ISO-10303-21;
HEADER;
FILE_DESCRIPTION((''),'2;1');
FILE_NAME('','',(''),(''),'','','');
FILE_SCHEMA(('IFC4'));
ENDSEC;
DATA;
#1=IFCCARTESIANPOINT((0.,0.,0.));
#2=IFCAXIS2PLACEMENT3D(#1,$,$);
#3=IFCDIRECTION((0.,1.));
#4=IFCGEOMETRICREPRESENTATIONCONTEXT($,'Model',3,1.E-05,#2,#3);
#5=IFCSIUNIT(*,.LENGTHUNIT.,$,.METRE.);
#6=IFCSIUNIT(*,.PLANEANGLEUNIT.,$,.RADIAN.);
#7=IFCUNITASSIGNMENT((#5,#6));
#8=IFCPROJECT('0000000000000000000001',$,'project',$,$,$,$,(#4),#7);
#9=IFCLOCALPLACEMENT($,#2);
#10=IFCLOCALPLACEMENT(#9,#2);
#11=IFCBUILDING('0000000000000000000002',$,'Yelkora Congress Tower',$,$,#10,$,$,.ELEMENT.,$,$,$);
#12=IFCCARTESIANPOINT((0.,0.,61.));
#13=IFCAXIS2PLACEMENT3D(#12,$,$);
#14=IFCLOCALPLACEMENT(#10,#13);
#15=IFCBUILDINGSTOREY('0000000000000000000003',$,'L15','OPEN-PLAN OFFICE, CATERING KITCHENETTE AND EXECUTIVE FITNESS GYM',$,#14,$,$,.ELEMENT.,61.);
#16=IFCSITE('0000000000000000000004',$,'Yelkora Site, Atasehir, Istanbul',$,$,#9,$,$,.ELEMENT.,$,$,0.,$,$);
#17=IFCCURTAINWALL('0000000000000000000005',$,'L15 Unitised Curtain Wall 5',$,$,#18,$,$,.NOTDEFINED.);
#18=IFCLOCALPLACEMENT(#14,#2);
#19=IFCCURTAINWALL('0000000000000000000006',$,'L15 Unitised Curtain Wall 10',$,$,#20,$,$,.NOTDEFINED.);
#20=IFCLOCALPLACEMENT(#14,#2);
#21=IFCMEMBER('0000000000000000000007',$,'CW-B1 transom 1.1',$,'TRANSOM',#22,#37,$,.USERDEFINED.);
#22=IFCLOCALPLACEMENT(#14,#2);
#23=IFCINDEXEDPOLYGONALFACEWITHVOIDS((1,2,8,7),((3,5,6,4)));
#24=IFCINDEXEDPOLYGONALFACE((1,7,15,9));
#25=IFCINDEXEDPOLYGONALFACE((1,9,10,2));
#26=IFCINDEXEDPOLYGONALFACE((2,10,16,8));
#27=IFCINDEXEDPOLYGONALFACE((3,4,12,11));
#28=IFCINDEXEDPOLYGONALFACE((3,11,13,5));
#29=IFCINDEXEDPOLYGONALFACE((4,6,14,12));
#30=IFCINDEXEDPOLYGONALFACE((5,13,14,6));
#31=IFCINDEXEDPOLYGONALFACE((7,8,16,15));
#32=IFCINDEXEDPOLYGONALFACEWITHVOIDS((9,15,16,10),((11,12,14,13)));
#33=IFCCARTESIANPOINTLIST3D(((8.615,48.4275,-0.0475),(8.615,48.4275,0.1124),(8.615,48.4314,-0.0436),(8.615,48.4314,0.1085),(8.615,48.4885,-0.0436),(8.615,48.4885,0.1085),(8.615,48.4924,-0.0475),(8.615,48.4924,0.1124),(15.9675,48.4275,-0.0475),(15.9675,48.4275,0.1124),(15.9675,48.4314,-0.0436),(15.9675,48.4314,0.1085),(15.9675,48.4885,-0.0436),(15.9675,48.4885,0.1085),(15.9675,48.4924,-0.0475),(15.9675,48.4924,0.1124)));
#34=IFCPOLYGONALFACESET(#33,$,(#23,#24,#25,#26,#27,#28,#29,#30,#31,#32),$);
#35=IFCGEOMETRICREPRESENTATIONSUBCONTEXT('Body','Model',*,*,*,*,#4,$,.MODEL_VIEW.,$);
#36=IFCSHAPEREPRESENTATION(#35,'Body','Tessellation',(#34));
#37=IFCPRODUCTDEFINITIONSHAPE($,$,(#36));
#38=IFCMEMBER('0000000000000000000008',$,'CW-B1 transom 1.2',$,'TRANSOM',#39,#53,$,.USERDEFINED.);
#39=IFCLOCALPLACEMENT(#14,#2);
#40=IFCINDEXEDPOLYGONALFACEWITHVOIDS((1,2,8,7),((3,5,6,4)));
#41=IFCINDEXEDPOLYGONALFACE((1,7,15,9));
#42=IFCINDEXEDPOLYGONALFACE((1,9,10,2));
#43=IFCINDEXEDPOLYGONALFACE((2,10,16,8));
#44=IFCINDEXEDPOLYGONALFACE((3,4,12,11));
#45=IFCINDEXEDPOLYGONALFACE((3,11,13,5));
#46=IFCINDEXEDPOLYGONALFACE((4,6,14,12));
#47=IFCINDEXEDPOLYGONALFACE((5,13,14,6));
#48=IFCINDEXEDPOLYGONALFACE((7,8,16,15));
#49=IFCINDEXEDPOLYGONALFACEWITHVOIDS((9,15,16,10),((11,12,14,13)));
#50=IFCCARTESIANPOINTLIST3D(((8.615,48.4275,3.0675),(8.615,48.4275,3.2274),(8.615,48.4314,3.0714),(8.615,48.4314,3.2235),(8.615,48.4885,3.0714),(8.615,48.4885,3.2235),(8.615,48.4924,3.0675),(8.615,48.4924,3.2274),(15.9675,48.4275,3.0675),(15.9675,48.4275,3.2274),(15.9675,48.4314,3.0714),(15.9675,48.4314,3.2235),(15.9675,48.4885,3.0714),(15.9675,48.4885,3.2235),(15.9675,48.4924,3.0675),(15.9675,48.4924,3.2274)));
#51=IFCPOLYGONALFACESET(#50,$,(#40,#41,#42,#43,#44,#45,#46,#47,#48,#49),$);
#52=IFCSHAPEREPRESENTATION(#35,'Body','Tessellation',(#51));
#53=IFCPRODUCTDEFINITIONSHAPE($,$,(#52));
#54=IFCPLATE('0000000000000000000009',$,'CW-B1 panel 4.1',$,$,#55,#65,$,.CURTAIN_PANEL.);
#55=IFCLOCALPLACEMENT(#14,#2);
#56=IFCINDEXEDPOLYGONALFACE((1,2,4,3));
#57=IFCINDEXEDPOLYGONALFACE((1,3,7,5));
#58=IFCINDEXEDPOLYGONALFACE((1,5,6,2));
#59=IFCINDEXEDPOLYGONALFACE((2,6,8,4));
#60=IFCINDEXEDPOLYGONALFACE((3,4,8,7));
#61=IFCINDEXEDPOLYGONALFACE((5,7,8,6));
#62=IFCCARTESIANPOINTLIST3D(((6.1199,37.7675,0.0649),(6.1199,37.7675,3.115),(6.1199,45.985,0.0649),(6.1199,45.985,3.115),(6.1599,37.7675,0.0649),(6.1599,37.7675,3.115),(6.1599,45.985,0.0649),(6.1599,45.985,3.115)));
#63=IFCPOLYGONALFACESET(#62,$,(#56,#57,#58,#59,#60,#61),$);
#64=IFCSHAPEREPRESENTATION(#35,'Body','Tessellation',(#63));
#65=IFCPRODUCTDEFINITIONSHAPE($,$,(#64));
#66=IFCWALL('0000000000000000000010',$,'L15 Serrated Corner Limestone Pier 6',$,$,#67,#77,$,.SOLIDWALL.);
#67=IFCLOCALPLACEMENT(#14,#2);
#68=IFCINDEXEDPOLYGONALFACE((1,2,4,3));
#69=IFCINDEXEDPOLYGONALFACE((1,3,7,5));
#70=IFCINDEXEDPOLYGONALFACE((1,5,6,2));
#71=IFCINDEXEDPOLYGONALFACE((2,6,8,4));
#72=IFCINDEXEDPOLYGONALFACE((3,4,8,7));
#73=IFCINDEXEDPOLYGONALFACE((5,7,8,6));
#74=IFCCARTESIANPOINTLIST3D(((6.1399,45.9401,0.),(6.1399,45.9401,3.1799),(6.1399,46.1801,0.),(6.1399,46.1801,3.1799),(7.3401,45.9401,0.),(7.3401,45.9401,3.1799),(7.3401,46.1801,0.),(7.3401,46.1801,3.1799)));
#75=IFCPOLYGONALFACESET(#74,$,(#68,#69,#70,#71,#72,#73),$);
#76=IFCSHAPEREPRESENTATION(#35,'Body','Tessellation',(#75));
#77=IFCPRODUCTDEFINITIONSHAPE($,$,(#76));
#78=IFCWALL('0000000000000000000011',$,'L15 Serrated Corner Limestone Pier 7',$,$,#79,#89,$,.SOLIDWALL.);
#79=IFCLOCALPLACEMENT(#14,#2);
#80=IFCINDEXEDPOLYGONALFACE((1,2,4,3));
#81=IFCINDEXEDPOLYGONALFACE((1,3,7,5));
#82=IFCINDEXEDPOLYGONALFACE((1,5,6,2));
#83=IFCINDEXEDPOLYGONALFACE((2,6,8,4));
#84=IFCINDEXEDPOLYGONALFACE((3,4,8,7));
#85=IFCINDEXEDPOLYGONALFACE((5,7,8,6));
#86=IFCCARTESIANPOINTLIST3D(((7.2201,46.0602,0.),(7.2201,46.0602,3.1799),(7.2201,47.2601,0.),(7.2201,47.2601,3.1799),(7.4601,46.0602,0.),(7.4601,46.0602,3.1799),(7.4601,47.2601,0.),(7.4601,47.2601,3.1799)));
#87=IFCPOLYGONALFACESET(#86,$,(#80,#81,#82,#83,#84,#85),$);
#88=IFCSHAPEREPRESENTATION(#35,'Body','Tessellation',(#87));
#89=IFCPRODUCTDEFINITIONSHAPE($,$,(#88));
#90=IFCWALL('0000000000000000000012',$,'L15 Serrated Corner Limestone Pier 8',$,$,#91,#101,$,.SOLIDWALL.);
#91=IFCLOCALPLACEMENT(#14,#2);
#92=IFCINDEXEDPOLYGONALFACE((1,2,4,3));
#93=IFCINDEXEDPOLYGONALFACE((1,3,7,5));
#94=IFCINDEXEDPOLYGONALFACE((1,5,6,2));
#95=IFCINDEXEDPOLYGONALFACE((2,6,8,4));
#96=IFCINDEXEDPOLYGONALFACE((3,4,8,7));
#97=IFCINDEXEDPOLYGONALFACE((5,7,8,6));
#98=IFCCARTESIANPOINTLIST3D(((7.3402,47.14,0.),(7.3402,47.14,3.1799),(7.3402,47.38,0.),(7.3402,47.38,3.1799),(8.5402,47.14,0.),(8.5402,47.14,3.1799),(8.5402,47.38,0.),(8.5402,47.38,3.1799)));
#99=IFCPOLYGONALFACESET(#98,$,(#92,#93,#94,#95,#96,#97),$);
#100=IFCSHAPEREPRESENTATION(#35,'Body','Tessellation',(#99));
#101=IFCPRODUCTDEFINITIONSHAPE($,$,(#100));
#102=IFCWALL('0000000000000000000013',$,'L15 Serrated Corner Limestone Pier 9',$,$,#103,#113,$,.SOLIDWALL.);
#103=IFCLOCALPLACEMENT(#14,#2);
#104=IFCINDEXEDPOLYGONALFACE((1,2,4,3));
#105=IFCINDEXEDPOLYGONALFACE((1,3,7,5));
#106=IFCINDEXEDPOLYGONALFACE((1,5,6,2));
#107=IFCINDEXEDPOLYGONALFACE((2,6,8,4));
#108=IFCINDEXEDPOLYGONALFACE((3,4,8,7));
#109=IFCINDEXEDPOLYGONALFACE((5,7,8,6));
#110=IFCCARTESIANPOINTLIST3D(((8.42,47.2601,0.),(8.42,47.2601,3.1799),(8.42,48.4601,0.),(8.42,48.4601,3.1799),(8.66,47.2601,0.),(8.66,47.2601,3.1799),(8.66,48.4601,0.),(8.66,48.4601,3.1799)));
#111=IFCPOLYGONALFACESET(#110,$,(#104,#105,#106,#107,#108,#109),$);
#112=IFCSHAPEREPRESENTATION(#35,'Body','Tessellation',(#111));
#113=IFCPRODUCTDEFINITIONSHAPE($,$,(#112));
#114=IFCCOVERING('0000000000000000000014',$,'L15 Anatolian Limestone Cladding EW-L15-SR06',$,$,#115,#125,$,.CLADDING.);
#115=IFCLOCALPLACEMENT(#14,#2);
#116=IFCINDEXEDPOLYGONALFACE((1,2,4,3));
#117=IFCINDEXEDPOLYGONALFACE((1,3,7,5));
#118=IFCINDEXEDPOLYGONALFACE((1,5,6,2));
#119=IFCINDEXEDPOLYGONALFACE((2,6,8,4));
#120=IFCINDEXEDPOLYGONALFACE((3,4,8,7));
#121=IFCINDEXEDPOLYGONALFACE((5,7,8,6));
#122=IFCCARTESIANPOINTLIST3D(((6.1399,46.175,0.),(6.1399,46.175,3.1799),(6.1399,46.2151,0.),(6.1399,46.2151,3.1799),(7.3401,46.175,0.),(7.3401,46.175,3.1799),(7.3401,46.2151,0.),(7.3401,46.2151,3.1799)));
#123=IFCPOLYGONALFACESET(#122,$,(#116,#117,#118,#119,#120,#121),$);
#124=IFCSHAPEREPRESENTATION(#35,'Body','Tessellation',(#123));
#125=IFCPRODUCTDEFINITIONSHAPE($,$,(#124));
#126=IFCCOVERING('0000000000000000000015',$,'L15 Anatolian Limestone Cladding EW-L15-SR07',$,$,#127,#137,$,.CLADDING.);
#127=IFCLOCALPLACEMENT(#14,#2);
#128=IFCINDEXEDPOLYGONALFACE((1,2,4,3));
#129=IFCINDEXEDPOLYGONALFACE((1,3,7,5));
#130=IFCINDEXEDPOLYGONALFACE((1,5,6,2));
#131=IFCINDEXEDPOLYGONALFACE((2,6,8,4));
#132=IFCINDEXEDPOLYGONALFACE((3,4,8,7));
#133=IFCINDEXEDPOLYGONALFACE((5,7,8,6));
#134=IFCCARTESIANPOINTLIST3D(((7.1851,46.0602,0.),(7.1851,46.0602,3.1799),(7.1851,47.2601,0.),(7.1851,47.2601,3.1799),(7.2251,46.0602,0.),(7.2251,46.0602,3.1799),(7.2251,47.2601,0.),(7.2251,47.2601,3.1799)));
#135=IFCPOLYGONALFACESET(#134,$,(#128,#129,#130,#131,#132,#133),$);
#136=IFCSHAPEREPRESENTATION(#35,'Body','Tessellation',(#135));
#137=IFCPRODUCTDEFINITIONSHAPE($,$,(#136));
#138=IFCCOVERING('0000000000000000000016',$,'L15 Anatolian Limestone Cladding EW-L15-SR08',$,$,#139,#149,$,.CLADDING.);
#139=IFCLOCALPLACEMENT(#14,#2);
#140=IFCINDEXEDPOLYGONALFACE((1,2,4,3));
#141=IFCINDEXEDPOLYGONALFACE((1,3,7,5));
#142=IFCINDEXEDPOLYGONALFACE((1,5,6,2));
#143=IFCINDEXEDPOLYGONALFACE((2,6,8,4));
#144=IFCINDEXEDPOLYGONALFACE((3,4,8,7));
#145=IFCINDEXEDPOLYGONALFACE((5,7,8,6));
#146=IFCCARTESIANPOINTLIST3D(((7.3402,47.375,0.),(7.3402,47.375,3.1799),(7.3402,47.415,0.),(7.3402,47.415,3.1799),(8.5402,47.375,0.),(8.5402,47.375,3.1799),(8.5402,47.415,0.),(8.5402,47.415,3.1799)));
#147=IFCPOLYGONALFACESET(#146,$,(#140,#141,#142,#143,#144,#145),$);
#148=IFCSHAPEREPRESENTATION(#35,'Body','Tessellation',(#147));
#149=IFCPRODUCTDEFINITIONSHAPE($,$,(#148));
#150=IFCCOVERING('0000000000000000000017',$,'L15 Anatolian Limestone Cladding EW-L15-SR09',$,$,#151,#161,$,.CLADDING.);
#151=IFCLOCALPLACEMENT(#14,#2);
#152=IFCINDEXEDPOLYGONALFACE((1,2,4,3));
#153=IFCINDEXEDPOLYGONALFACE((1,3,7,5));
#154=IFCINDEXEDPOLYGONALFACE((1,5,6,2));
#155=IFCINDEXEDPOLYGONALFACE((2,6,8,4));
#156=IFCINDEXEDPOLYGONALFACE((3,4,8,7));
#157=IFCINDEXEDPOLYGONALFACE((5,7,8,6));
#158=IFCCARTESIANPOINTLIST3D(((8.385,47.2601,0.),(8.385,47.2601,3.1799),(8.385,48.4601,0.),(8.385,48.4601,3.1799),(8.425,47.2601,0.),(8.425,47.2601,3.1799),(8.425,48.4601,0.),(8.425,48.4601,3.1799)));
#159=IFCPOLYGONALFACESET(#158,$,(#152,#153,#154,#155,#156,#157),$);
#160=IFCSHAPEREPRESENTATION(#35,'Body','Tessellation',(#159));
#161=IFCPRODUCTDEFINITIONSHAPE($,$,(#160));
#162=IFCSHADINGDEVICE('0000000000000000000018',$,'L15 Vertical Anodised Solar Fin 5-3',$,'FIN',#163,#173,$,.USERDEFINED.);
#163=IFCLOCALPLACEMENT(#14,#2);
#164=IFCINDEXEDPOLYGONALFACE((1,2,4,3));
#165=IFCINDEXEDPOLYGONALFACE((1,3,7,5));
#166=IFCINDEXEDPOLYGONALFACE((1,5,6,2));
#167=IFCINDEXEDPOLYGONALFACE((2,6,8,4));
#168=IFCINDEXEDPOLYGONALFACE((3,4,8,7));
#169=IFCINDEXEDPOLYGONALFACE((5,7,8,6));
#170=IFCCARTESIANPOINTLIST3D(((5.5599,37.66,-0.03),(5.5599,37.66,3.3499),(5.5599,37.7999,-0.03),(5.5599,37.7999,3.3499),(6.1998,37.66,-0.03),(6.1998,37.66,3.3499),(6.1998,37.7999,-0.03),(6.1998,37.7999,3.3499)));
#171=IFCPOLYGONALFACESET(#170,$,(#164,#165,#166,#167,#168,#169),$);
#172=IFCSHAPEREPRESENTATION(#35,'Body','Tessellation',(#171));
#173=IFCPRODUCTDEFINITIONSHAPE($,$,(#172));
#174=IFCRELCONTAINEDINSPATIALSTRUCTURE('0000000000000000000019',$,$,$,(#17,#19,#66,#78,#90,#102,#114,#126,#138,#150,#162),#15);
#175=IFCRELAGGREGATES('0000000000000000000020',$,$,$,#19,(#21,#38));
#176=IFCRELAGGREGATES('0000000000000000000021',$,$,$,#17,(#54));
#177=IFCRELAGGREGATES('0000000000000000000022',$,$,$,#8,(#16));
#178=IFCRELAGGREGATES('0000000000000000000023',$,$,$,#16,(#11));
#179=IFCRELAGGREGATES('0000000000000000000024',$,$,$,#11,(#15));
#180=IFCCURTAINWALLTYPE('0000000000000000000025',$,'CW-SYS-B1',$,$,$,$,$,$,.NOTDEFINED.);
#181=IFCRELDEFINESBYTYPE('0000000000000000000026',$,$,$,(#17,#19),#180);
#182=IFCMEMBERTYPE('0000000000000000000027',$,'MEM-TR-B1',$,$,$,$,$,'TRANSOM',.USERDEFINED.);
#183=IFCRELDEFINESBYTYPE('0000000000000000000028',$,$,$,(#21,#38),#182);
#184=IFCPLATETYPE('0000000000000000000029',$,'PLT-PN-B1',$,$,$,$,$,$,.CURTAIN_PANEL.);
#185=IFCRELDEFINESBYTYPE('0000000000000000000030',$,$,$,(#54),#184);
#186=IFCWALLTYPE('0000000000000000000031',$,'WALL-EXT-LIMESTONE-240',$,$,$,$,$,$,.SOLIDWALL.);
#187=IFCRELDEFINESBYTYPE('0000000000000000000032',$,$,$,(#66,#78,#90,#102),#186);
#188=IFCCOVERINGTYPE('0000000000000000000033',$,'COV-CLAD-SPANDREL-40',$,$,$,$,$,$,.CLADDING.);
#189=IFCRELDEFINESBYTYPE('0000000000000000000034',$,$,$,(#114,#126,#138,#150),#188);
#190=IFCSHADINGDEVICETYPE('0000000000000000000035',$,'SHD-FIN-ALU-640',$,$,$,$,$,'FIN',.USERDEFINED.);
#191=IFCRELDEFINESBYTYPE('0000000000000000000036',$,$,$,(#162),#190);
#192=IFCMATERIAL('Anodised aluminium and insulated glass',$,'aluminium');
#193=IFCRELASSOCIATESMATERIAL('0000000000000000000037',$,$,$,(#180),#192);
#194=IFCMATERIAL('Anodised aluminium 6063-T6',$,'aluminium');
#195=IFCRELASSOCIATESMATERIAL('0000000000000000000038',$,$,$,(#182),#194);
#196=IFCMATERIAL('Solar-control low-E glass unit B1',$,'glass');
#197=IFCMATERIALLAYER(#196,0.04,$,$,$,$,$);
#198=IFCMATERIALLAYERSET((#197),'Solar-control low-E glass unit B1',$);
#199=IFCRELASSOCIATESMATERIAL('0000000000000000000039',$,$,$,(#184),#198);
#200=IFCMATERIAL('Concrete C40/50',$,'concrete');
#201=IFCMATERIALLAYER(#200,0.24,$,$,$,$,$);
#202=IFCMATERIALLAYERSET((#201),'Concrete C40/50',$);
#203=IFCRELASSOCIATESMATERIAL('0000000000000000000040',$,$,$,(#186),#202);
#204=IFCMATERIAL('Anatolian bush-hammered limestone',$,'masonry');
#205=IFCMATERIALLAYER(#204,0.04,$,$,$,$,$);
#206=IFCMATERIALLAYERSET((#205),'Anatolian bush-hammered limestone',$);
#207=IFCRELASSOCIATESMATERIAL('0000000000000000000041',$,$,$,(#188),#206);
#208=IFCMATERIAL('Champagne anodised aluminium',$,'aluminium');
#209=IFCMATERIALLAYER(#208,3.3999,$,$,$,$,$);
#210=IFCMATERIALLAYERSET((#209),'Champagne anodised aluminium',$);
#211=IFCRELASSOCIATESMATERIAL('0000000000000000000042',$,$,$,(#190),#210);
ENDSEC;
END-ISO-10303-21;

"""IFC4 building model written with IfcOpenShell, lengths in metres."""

from ifc_helpers import new_model, si_unit, direction, frame, frame_2d, origin, origin_2d, place, context, subcontext, project, spatial, rectangle, hollow_rectangle, extrude, material, layer, layer_set, material_profile, profile_set, type_object, element, aggregate, save


model = new_model("IFC4")

# Units and contexts
model_context = context("Model", 3, precision=1e-05, world=origin(), true_north=direction((0.0, 1.0)))
body_context = subcontext(model_context, "Body", "Model", "MODEL_VIEW")
ifc_project = project(units=[si_unit("LENGTHUNIT", "METRE"), si_unit("PLANEANGLEUNIT", "RADIAN")], contexts=[model_context])

# Site, building, storey
site_placement = place(None, origin())
site = spatial("IfcSite", under=ifc_project, at=site_placement, Name="Yelkora Site, Atasehir, Istanbul", CompositionType="ELEMENT", RefElevation=0.0)
building_placement = place(site_placement, origin())
building = spatial("IfcBuilding", under=site, at=building_placement, Name="Yelkora Congress Tower", CompositionType="ELEMENT")
storey_placement = place(building_placement, frame((0.0, 0.0, 61.0)))
storey = spatial("IfcBuildingStorey", under=building, at=storey_placement, Name="L15", Description="OPEN-PLAN OFFICE, CATERING KITCHENETTE AND EXECUTIVE FITNESS GYM", CompositionType="ELEMENT", Elevation=61.0)

# Curtain wall
ifc_material_1 = material(Name="Anodised aluminium and insulated glass", Category="aluminium")
curtain_wall_type = type_object("IfcCurtainWallType", Name="CW-SYS-B1", PredefinedType="NOTDEFINED", material=ifc_material_1)
curtain_wall_1_placement = place(storey_placement, origin())
curtain_wall_1 = element("IfcCurtainWall", 1, at=curtain_wall_1_placement, inside=storey, type_object=curtain_wall_type, Name="L15 Unitised Curtain Wall 5", PredefinedType="NOTDEFINED")
ifc_material_2 = material(Name="Anodised aluminium 6063-T6", Category="aluminium")

# Curtain wall
curtain_wall_2_placement = place(storey_placement, origin())
curtain_wall_2 = element("IfcCurtainWall", 2, at=curtain_wall_2_placement, inside=storey, type_object=curtain_wall_type, Name="L15 Unitised Curtain Wall 10", PredefinedType="NOTDEFINED")

# Members
ifc_material_profile_1 = material_profile(ifc_material_2, hollow_rectangle(XDim=0.0649, YDim=0.1599, WallThickness=0.0039, at=origin_2d()), Name="ALU 65x160x4")
ifc_profile_set_1 = profile_set([ifc_material_profile_1], Name="Anodised aluminium 6063-T6")
member_type_1 = type_object("IfcMemberType", Name="MEM-TR-B1", ElementType="TRANSOM", PredefinedType="USERDEFINED", material=ifc_profile_set_1)
member_1_placement = place(storey_placement, frame((8.615, 48.46, 0.0325), z_axis=(1.0, 0.0, 0.0), x_axis=(0.0, 1.0, 0.0)))
member_1 = element("IfcMember", 3, at=member_1_placement, type_object=member_type_1, Name="CW-B1 transom 1.1", ObjectType="TRANSOM", PredefinedType="USERDEFINED", context=body_context, shape_type="SweptSolid", body=[
    extrude(hollow_rectangle(XDim=0.0649, YDim=0.1599, WallThickness=0.0039, at=origin_2d()), origin(), (0.0, 0.0, 1.0), 7.3525),
])
member_2_placement = place(storey_placement, frame((8.615, 48.46, 3.1475), z_axis=(1.0, 0.0, 0.0), x_axis=(0.0, 1.0, 0.0)))
member_2 = element("IfcMember", 4, at=member_2_placement, type_object=member_type_1, Name="CW-B1 transom 1.2", ObjectType="TRANSOM", PredefinedType="USERDEFINED", context=body_context, shape_type="SweptSolid", body=[
    extrude(hollow_rectangle(XDim=0.0649, YDim=0.1599, WallThickness=0.0039, at=origin_2d()), origin(), (0.0, 0.0, 1.0), 7.3525),
])
aggregate(curtain_wall_2, [member_1, member_2])

# Plate
ifc_material_3 = material(Name="Solar-control low-E glass unit B1", Category="glass")
ifc_layer_1 = layer(ifc_material_3, 0.04)
ifc_layer_set_1 = layer_set([ifc_layer_1], Name="Solar-control low-E glass unit B1")
plate_type = type_object("IfcPlateType", Name="PLT-PN-B1", PredefinedType="CURTAIN_PANEL", material=ifc_layer_set_1)
plate_placement = place(storey_placement, frame((6.1399, 41.8762, 0.0649), z_axis=(0.0, 0.0, 1.0), x_axis=(0.0, 1.0, 0.0)))
plate = element("IfcPlate", 5, at=plate_placement, type_object=plate_type, Name="CW-B1 panel 4.1", PredefinedType="CURTAIN_PANEL", context=body_context, shape_type="SweptSolid", body=[
    extrude(rectangle(XDim=8.2175, YDim=0.04, at=origin_2d()), origin(), (0.0, 0.0, 1.0), 3.05),
])
aggregate(curtain_wall_1, [plate])

# Walls
ifc_material_4 = material(Name="Concrete C40/50", Category="concrete")
ifc_layer_2 = layer(ifc_material_4, 0.24)
ifc_layer_set_2 = layer_set([ifc_layer_2], Name="Concrete C40/50")
wall_type = type_object("IfcWallType", Name="WALL-EXT-LIMESTONE-240", PredefinedType="SOLIDWALL", material=ifc_layer_set_2)
wall_placement = place(storey_placement, frame((6.1399, 46.0601, 0.0), z_axis=(0.0, 0.0, 1.0), x_axis=(1.0, 0.0, 0.0)))
element("IfcWall", 6, at=wall_placement, inside=storey, type_object=wall_type, Name="L15 Serrated Corner Limestone Pier 6", PredefinedType="SOLIDWALL", context=body_context, shape_type="SweptSolid", body=[
    extrude(rectangle(XDim=1.2002, YDim=0.24, at=frame_2d((0.6001, 0.0))), origin(), (0.0, 0.0, 1.0), 3.1799),
])
for number, where, z_axis, x_axis, name in (
    (7, (7.3401, 46.0601, 0.0), (0.0, 0.0, 1.0), (0.0, 1.0, 0.0), "L15 Serrated Corner Limestone Pier 7"),
    (8, (7.3401, 47.26, 0.0), (0.0, 0.0, 1.0), (1.0, 0.0, 0.0), "L15 Serrated Corner Limestone Pier 8"),
    (9, (8.54, 47.26, 0.0), (0.0, 0.0, 1.0), (0.0, 1.0, 0.0), "L15 Serrated Corner Limestone Pier 9"),
):
    element("IfcWall", number, at=place(storey_placement, frame(where, z_axis=z_axis, x_axis=x_axis)), inside=storey, type_object=wall_type, Name=name, PredefinedType="SOLIDWALL", context=body_context, shape_type="SweptSolid", body=[
        extrude(rectangle(XDim=1.2, YDim=0.24, at=frame_2d((0.6001, 0.0))), origin(), (0.0, 0.0, 1.0), 3.1799),
    ])

# Coverings
ifc_material_5 = material(Name="Anatolian bush-hammered limestone", Category="masonry")
ifc_layer_3 = layer(ifc_material_5, 0.04)
ifc_layer_set_3 = layer_set([ifc_layer_3], Name="Anatolian bush-hammered limestone")
covering_type = type_object("IfcCoveringType", Name="COV-CLAD-SPANDREL-40", PredefinedType="CLADDING", material=ifc_layer_set_3)
covering_placement = place(storey_placement, frame((6.1399, 46.1951, 0.0), z_axis=(0.0, 0.0, 1.0), x_axis=(1.0, 0.0, 0.0)))
element("IfcCovering", 10, at=covering_placement, inside=storey, type_object=covering_type, Name="L15 Anatolian Limestone Cladding EW-L15-SR06", PredefinedType="CLADDING", context=body_context, shape_type="SweptSolid", body=[
    extrude(rectangle(XDim=1.2002, YDim=0.04, at=frame_2d((0.6001, 0.0))), origin(), (0.0, 0.0, 1.0), 3.1799),
])
for number, where, z_axis, x_axis, name in (
    (11, (7.2051, 46.0601, 0.0), (0.0, 0.0, 1.0), (0.0, 1.0, 0.0), "L15 Anatolian Limestone Cladding EW-L15-SR07"),
    (12, (7.3401, 47.395, 0.0), (0.0, 0.0, 1.0), (1.0, 0.0, 0.0), "L15 Anatolian Limestone Cladding EW-L15-SR08"),
    (13, (8.405, 47.26, 0.0), (0.0, 0.0, 1.0), (0.0, 1.0, 0.0), "L15 Anatolian Limestone Cladding EW-L15-SR09"),
):
    element("IfcCovering", number, at=place(storey_placement, frame(where, z_axis=z_axis, x_axis=x_axis)), inside=storey, type_object=covering_type, Name=name, PredefinedType="CLADDING", context=body_context, shape_type="SweptSolid", body=[
        extrude(rectangle(XDim=1.2, YDim=0.04, at=frame_2d((0.6001, 0.0))), origin(), (0.0, 0.0, 1.0), 3.1799),
    ])

# Shading device
ifc_material_6 = material(Name="Champagne anodised aluminium", Category="aluminium")
ifc_layer_4 = layer(ifc_material_6, 3.3999)
ifc_layer_set_4 = layer_set([ifc_layer_4], Name="Champagne anodised aluminium")
shading_device_type = type_object("IfcShadingDeviceType", Name="SHD-FIN-ALU-640", ElementType="FIN", PredefinedType="USERDEFINED", material=ifc_layer_set_4)
shading_device_placement = place(storey_placement, frame((5.8799, 37.73, -0.03), z_axis=(0.0, 0.0, 1.0), x_axis=(0.0, 1.0, 0.0)))
element("IfcShadingDevice", 14, at=shading_device_placement, inside=storey, type_object=shading_device_type, Name="L15 Vertical Anodised Solar Fin 5-3", ObjectType="FIN", PredefinedType="USERDEFINED", context=body_context, shape_type="SweptSolid", body=[
    extrude(rectangle(XDim=0.1399, YDim=0.6399, at=origin_2d()), origin(), (0.0, 0.0, 1.0), 3.3799),
])

save(model, "model.ifc")
